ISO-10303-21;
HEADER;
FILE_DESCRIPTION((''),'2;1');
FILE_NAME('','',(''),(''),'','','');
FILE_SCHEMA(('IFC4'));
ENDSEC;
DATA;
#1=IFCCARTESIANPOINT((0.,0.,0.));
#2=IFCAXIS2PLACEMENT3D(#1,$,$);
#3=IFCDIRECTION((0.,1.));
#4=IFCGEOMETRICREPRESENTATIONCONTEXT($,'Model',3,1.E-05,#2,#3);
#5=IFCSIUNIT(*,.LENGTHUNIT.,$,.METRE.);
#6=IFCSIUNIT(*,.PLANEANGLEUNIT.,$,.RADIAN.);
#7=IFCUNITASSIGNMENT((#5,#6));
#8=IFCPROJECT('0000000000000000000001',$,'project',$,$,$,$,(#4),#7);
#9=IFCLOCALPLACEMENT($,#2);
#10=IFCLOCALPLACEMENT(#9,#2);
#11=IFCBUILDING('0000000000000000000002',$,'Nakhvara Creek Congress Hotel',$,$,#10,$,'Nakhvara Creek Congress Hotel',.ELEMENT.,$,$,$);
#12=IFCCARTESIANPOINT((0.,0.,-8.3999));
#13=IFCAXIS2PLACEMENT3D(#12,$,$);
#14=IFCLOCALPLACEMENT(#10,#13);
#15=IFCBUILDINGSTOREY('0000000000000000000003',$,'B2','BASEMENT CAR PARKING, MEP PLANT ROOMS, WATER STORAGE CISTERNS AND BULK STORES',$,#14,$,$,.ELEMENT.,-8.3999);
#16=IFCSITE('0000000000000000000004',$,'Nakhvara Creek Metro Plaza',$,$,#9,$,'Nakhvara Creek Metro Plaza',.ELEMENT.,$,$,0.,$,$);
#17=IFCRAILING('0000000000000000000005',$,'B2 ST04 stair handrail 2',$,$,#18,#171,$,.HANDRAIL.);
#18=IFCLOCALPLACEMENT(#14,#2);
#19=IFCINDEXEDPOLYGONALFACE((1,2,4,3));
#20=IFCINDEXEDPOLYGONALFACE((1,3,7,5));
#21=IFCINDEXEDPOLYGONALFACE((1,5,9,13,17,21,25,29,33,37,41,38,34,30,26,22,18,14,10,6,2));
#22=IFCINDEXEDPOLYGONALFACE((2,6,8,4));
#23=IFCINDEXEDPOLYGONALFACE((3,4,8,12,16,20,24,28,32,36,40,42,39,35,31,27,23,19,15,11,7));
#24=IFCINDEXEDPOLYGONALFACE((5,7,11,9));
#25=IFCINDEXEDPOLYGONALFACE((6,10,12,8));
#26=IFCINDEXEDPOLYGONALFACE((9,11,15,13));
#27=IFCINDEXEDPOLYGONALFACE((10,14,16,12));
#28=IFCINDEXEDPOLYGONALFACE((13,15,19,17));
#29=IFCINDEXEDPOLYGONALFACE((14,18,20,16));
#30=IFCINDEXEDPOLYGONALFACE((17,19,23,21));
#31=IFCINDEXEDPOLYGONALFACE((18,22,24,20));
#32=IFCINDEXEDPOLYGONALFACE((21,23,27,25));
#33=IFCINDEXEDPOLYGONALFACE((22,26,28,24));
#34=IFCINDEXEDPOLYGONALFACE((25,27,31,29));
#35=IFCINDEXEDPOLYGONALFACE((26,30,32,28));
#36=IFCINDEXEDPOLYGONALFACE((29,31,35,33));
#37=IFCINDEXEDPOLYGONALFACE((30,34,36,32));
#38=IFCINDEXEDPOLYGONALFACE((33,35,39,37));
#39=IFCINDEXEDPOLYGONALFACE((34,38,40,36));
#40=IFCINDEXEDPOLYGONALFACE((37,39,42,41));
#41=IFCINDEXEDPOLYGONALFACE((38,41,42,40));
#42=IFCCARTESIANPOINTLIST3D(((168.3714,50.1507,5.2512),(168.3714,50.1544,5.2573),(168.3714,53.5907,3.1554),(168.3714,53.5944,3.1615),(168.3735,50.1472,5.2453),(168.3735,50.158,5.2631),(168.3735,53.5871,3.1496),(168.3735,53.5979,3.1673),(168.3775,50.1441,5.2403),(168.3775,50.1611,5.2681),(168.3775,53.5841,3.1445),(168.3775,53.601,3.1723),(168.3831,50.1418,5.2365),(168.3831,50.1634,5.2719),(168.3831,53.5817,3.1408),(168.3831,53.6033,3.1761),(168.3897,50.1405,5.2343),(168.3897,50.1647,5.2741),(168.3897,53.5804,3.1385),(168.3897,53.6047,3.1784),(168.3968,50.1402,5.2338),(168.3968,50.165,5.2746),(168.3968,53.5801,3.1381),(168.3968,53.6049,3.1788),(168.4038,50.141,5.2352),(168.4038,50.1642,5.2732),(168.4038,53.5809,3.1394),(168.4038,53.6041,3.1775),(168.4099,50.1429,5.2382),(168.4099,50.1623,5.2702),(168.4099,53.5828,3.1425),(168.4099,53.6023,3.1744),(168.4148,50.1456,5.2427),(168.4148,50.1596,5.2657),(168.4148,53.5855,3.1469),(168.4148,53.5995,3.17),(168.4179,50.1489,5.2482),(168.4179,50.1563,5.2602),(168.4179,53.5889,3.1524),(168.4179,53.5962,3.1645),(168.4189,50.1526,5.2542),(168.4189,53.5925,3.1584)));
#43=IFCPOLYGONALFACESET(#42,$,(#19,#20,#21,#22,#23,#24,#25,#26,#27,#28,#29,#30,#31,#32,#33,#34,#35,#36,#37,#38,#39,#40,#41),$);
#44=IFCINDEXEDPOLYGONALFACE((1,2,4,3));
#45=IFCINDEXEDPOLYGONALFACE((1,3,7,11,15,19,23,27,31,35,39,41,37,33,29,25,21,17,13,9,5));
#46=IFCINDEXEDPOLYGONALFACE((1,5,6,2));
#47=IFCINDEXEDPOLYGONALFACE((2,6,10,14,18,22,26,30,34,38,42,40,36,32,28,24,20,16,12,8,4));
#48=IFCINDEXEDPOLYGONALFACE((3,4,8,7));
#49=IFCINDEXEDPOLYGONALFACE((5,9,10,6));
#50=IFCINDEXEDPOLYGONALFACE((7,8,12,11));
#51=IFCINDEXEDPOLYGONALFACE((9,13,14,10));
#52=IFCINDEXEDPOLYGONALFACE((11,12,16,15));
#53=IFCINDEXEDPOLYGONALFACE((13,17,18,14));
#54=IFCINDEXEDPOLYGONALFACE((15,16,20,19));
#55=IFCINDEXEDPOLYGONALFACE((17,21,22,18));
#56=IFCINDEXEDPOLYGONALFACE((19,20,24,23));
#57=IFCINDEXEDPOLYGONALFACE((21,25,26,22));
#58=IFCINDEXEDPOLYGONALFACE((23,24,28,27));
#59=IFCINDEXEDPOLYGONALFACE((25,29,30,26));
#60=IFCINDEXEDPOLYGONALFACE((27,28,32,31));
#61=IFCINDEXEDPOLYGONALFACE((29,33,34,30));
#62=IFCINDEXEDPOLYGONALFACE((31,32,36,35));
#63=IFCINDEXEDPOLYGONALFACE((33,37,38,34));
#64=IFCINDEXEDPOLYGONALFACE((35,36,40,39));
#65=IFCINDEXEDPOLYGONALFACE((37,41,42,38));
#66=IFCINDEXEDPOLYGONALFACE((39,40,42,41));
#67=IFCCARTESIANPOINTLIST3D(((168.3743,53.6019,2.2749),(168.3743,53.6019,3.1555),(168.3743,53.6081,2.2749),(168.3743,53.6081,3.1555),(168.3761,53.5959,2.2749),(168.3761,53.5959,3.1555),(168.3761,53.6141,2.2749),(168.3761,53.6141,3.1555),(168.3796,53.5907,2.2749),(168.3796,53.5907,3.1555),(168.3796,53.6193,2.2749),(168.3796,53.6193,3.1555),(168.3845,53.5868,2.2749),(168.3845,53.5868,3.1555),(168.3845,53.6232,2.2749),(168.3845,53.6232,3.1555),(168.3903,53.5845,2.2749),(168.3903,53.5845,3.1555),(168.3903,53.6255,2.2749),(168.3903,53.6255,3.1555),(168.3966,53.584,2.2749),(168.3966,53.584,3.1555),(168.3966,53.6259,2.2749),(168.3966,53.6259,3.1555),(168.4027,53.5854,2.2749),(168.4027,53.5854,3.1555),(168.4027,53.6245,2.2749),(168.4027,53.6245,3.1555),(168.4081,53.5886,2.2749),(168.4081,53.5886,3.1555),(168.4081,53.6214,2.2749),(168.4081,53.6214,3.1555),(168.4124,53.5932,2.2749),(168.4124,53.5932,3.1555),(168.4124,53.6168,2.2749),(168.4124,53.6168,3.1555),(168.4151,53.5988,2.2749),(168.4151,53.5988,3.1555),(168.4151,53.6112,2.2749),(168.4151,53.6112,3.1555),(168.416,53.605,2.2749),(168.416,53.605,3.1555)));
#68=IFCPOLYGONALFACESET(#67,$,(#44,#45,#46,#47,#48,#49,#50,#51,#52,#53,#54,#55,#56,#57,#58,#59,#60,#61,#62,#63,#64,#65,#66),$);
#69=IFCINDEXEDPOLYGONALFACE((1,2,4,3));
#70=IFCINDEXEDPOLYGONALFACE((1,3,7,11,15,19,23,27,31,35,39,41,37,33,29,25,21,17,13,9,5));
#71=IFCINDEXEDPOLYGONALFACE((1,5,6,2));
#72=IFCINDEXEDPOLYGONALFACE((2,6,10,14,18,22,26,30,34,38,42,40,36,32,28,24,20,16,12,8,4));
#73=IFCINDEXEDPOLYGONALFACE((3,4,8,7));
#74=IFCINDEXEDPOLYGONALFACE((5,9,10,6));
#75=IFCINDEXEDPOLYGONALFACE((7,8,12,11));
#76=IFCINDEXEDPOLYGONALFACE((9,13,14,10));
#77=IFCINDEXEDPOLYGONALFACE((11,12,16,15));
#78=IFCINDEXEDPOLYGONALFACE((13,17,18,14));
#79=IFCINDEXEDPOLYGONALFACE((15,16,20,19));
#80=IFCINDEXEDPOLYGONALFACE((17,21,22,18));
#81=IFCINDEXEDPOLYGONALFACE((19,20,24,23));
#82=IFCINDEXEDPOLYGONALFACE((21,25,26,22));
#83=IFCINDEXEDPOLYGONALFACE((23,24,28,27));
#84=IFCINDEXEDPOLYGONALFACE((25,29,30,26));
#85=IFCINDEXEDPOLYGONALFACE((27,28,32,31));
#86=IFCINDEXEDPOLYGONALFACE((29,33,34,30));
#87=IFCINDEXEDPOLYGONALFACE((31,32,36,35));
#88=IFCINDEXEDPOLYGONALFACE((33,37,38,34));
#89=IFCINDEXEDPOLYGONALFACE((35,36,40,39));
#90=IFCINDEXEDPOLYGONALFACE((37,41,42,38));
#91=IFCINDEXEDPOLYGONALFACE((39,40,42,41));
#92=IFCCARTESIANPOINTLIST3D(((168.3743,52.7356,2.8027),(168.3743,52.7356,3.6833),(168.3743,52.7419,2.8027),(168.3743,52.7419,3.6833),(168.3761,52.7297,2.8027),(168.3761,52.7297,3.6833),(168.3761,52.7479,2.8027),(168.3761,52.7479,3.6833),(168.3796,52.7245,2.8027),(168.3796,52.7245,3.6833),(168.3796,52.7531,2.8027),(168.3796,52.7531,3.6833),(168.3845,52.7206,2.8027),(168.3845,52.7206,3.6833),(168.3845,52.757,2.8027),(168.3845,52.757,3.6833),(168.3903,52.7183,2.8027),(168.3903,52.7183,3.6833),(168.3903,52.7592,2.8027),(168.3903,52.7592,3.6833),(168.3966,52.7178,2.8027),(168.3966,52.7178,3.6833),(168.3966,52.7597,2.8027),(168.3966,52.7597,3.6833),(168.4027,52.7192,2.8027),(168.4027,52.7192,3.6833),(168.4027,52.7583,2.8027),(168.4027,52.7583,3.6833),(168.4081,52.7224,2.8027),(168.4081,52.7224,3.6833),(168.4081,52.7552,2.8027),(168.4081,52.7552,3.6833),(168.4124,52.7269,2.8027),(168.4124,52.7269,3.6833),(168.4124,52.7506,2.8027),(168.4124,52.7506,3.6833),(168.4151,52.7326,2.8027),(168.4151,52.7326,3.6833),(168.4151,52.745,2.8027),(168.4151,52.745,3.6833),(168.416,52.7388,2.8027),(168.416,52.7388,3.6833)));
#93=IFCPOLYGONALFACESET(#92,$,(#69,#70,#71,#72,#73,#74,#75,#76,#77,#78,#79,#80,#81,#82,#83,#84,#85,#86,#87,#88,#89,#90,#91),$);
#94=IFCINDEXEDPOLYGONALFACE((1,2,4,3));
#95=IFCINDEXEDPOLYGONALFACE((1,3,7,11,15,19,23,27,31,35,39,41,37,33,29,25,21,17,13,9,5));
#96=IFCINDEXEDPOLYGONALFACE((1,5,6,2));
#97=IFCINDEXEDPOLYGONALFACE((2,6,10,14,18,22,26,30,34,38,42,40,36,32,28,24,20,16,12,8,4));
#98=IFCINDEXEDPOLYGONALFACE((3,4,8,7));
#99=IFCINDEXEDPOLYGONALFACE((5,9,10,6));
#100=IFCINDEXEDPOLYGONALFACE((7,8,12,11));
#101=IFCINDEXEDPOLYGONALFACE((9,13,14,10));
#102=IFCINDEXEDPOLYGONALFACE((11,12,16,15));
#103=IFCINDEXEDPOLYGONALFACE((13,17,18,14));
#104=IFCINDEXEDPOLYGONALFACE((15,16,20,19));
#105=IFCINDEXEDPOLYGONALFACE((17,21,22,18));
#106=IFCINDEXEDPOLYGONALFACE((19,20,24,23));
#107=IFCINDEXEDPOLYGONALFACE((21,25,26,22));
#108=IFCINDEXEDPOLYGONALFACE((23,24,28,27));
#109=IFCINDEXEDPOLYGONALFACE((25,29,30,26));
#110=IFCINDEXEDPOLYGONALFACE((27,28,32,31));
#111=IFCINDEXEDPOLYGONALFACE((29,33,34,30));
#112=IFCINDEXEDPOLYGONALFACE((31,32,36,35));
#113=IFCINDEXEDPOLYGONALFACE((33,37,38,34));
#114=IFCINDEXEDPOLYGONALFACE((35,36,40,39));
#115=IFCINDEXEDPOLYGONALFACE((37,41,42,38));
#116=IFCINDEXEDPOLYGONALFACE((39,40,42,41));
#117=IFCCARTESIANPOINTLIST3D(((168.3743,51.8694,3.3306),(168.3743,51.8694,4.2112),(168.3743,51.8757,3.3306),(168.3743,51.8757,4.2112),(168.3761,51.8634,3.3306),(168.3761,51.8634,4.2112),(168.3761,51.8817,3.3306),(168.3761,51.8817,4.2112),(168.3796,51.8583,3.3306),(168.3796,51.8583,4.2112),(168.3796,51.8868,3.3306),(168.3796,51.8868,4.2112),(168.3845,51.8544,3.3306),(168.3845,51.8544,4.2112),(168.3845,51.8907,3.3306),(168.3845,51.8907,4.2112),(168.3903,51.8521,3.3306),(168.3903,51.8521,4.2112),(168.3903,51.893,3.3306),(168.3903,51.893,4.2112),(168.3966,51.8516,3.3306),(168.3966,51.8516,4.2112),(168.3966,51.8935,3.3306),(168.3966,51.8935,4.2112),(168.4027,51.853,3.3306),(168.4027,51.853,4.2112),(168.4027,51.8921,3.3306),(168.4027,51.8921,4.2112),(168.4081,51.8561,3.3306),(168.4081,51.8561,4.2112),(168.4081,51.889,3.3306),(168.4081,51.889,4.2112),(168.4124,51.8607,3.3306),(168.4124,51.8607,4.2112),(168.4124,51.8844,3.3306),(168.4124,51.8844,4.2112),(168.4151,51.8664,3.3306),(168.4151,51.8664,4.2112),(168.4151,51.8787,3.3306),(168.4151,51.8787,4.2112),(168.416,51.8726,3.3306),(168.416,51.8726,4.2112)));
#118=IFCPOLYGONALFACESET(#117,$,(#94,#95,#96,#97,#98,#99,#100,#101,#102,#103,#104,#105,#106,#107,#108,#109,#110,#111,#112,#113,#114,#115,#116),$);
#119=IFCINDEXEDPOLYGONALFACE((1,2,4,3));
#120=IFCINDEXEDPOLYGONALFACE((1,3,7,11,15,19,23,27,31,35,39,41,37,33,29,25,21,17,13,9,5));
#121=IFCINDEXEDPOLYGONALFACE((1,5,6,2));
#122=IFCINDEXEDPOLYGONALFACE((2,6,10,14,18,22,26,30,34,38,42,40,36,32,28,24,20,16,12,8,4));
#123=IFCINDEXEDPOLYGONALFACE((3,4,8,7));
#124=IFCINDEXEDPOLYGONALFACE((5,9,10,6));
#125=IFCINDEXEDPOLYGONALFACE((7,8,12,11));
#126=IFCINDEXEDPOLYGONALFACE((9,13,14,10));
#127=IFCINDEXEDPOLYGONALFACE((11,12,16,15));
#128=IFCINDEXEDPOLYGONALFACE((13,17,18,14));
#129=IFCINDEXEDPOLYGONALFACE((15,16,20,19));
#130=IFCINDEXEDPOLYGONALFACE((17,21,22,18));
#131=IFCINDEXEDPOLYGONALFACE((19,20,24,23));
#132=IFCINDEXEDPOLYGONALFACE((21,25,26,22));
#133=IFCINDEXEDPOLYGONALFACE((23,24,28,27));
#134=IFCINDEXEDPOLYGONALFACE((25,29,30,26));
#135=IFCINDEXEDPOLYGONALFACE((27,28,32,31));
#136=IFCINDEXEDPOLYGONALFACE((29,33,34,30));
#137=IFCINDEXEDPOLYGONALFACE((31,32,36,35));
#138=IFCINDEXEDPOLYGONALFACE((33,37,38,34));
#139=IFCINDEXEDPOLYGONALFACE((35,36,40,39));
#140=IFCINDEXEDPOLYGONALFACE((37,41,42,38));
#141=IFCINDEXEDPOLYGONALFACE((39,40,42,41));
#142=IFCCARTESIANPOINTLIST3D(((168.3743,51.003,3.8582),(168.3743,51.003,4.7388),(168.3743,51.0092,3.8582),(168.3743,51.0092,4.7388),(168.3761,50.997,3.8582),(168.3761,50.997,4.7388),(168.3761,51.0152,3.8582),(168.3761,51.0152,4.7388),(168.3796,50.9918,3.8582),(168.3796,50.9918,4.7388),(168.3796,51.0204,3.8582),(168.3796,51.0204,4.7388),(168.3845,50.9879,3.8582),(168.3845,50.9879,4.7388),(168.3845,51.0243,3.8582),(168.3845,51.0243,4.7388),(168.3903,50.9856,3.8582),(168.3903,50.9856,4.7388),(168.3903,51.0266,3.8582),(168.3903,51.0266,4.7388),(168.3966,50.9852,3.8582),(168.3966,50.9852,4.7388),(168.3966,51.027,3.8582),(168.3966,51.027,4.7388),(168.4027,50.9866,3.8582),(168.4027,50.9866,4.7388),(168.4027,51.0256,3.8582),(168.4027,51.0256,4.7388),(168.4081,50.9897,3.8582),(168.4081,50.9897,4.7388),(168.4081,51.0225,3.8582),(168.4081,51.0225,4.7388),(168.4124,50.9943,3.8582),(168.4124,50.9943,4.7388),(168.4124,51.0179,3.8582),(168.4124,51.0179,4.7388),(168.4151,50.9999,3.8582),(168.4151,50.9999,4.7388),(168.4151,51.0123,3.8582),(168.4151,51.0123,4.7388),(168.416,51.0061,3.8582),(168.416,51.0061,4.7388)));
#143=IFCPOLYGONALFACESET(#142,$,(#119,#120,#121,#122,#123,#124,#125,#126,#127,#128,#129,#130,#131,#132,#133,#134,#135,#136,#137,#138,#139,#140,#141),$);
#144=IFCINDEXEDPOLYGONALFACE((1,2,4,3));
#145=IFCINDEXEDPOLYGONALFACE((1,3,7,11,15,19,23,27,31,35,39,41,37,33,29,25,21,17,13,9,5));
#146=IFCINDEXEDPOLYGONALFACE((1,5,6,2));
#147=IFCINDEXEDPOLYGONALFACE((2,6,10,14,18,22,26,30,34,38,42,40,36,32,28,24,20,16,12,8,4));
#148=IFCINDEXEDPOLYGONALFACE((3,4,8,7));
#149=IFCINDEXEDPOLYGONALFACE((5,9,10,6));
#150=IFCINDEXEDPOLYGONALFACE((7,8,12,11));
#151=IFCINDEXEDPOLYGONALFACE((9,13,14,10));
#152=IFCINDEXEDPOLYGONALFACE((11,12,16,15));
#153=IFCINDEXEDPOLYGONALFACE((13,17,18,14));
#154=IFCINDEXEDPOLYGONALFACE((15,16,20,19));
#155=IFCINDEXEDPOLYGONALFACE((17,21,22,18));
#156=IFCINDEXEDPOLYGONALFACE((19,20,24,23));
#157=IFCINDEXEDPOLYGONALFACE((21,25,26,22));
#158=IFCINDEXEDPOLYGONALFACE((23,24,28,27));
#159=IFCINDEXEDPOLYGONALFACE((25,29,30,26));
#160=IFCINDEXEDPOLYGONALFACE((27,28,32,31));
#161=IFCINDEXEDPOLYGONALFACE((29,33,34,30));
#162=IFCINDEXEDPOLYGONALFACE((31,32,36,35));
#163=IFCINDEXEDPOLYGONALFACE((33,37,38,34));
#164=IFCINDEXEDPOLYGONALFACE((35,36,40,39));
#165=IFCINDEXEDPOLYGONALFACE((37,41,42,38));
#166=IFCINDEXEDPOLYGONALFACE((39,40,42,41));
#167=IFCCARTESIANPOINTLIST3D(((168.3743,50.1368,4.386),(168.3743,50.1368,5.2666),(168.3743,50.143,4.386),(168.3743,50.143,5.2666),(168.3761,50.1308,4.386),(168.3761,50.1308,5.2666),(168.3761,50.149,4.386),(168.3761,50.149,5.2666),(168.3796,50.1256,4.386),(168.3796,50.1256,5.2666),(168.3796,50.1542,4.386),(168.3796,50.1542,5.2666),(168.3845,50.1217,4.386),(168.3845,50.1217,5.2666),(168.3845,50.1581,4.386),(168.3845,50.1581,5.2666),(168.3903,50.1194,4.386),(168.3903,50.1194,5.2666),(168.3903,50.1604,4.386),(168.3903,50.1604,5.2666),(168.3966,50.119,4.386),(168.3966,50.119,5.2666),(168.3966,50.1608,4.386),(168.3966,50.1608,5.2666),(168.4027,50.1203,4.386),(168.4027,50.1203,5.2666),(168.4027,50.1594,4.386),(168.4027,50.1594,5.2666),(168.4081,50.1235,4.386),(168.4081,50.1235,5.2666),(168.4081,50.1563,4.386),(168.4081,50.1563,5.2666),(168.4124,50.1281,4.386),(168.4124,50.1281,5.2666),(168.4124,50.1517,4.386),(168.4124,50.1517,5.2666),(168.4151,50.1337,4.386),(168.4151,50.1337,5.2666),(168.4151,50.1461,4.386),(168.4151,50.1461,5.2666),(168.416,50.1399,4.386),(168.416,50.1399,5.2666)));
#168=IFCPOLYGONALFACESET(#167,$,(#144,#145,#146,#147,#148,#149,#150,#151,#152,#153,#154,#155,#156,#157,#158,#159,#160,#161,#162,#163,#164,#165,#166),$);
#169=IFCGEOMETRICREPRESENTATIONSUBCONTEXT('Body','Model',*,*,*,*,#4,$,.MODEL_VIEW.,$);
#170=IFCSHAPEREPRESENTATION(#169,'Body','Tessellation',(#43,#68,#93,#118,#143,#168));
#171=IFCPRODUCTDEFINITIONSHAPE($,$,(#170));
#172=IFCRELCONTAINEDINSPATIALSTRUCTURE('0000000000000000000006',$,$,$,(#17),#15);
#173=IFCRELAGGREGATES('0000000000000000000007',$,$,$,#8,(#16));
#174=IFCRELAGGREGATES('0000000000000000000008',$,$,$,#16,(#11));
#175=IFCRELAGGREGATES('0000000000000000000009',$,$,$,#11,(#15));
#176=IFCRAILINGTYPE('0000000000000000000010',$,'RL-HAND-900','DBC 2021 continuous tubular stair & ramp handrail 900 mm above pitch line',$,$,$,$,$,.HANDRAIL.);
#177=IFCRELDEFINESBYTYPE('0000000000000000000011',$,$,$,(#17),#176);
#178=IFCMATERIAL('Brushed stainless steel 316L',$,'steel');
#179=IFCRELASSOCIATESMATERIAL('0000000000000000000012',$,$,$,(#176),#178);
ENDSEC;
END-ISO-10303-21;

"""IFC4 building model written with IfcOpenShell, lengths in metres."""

from ifc_helpers import new_model, si_unit, direction, frame, origin, origin_2d, place, context, subcontext, project, spatial, circle, extrude, material, type_object, element, save


model = new_model("IFC4")

# Units and contexts
model_context = context("Model", 3, precision=1e-05, world=origin(), true_north=direction((0.0, 1.0)))
body_context = subcontext(model_context, "Body", "Model", "MODEL_VIEW")
ifc_project = project(units=[si_unit("LENGTHUNIT", "METRE"), si_unit("PLANEANGLEUNIT", "RADIAN")], contexts=[model_context])

# Site, building, storey
site_placement = place(None, origin())
site = spatial("IfcSite", under=ifc_project, at=site_placement, Name="Nakhvara Creek Metro Plaza", LongName="Nakhvara Creek Metro Plaza", CompositionType="ELEMENT", RefElevation=0.0)
building_placement = place(site_placement, origin())
building = spatial("IfcBuilding", under=site, at=building_placement, Name="Nakhvara Creek Congress Hotel", LongName="Nakhvara Creek Congress Hotel", CompositionType="ELEMENT")
storey_placement = place(building_placement, frame((0.0, 0.0, -8.3999)))
storey = spatial("IfcBuildingStorey", under=building, at=storey_placement, Name="B2", Description="BASEMENT CAR PARKING, MEP PLANT ROOMS, WATER STORAGE CISTERNS AND BULK STORES", CompositionType="ELEMENT", Elevation=-8.3999)

# Railing
ifc_material_1 = material(Name="Brushed stainless steel 316L", Category="steel")
railing_type_1 = type_object("IfcRailingType", Name="RL-HAND-900", Description="DBC 2021 continuous tubular stair & ramp handrail 900 mm above pitch line", PredefinedType="HANDRAIL", material=ifc_material_1)
railing_1_placement = place(storey_placement, frame((168.395, 53.605, 2.2749)))
element("IfcRailing", 1, at=railing_1_placement, inside=storey, type_object=railing_type_1, Name="B2 ST04 stair handrail 2", PredefinedType="HANDRAIL", context=body_context, shape_type="SweptSolid", body=[
    extrude(circle(Radius=0.0239, at=origin_2d()), frame((0.0, -0.0125, 0.8835), z_axis=(0.0, -0.853991, 0.520289), x_axis=(1.0, 0.0, 0.0)), (0.0, 0.0, 1.0), 4.0281),
    extrude(circle(Radius=0.021, at=origin_2d()), origin(), (0.0, 0.0, 1.0), 0.8806),
    extrude(circle(Radius=0.021, at=origin_2d()), frame((0.0, -0.8662, 0.5278)), (0.0, 0.0, 1.0), 0.8806),
    extrude(circle(Radius=0.021, at=origin_2d()), frame((0.0, -1.7324, 1.0557)), (0.0, 0.0, 1.0), 0.8806),
    extrude(circle(Radius=0.021, at=origin_2d()), frame((0.0, -2.5989, 1.5833)), (0.0, 0.0, 1.0), 0.8806),
    extrude(circle(Radius=0.021, at=origin_2d()), frame((0.0, -3.4651, 2.1111)), (0.0, 0.0, 1.0), 0.8806),
])

save(model, "model.ifc")
